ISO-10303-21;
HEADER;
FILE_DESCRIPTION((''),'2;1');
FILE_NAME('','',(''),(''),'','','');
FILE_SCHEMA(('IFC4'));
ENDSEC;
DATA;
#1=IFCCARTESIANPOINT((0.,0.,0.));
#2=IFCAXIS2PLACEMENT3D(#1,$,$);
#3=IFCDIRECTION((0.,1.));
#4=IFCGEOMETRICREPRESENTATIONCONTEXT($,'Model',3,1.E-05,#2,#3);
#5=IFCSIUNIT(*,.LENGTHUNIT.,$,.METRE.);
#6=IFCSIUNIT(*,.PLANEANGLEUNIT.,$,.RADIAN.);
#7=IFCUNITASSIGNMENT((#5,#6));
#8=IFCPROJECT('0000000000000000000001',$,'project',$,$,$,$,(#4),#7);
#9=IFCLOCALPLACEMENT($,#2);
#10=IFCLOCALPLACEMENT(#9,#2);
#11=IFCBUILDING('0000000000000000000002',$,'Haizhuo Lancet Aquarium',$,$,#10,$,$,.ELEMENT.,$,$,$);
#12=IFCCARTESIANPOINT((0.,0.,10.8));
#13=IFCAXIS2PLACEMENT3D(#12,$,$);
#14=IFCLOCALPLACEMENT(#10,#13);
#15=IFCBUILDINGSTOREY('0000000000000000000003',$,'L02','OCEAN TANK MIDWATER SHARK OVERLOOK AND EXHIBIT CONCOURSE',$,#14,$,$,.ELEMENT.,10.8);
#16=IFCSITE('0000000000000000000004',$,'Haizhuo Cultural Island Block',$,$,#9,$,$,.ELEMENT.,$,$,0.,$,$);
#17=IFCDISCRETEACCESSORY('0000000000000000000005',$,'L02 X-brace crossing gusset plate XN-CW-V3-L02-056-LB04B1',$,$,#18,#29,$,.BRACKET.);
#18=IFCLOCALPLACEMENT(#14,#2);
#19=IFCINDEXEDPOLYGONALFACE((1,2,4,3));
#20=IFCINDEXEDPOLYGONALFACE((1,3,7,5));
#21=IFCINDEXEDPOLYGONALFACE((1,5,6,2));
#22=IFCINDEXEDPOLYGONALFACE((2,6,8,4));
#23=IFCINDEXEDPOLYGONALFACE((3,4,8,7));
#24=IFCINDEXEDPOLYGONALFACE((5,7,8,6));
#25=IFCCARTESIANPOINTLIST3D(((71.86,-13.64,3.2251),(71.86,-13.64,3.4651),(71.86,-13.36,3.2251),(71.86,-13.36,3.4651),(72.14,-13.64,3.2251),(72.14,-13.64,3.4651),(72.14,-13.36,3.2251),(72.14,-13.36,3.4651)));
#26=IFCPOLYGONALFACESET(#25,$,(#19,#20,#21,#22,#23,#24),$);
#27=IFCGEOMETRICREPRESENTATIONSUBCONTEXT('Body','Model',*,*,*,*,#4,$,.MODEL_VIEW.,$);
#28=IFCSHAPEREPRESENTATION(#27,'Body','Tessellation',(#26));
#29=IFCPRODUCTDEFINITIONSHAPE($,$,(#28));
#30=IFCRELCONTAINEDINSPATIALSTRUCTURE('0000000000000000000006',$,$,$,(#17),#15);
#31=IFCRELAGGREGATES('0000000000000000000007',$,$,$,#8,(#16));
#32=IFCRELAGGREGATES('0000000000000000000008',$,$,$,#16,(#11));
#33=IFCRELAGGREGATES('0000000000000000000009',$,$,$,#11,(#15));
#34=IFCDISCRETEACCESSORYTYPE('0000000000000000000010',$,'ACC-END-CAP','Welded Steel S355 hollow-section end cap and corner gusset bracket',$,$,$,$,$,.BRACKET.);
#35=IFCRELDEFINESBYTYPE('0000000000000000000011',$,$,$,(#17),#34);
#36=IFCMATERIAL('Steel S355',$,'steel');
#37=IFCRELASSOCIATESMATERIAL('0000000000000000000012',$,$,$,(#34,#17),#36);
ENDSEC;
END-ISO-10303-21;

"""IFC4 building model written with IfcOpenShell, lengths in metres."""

from ifc_helpers import new_model, si_unit, direction, frame, origin, origin_2d, place, context, subcontext, project, spatial, rectangle, extrude, material, type_object, element, save


model = new_model("IFC4")

# Units and contexts
model_context = context("Model", 3, precision=1e-05, world=origin(), true_north=direction((0.0, 1.0)))
body_context = subcontext(model_context, "Body", "Model", "MODEL_VIEW")
ifc_project = project(units=[si_unit("LENGTHUNIT", "METRE"), si_unit("PLANEANGLEUNIT", "RADIAN")], contexts=[model_context])

# Site, building, storey
site_placement = place(None, origin())
site = spatial("IfcSite", under=ifc_project, at=site_placement, Name="Haizhuo Cultural Island Block", CompositionType="ELEMENT", RefElevation=0.0)
building_placement = place(site_placement, origin())
building = spatial("IfcBuilding", under=site, at=building_placement, Name="Haizhuo Lancet Aquarium", CompositionType="ELEMENT")
storey_placement = place(building_placement, frame((0.0, 0.0, 10.8)))
storey = spatial("IfcBuildingStorey", under=building, at=storey_placement, Name="L02", Description="OCEAN TANK MIDWATER SHARK OVERLOOK AND EXHIBIT CONCOURSE", CompositionType="ELEMENT", Elevation=10.8)

# Shared definitions
ifc_material_1 = material(Name="Steel S355", Category="steel")

# Discrete accessory
discrete_accessory_type = type_object("IfcDiscreteAccessoryType", Name="ACC-END-CAP", Description="Welded Steel S355 hollow-section end cap and corner gusset bracket", PredefinedType="BRACKET", material=ifc_material_1)
for number, where, z_axis, x_axis, name in (
    (1, (72.0, -13.5, 3.2251), (0.0, 0.0, 1.0), (1.0, 0.0, 0.0), "L02 X-brace crossing gusset plate XN-CW-V3-L02-056-LB04B1"),
):
    element("IfcDiscreteAccessory", number, at=place(storey_placement, frame(where, z_axis=z_axis, x_axis=x_axis)), inside=storey, type_object=discrete_accessory_type, material=ifc_material_1, Name=name, PredefinedType="BRACKET", context=body_context, shape_type="SweptSolid", body=[
        extrude(rectangle(XDim=0.28, YDim=0.28, at=origin_2d()), origin(), (0.0, 0.0, 1.0), 0.24),
    ])

save(model, "model.ifc")
